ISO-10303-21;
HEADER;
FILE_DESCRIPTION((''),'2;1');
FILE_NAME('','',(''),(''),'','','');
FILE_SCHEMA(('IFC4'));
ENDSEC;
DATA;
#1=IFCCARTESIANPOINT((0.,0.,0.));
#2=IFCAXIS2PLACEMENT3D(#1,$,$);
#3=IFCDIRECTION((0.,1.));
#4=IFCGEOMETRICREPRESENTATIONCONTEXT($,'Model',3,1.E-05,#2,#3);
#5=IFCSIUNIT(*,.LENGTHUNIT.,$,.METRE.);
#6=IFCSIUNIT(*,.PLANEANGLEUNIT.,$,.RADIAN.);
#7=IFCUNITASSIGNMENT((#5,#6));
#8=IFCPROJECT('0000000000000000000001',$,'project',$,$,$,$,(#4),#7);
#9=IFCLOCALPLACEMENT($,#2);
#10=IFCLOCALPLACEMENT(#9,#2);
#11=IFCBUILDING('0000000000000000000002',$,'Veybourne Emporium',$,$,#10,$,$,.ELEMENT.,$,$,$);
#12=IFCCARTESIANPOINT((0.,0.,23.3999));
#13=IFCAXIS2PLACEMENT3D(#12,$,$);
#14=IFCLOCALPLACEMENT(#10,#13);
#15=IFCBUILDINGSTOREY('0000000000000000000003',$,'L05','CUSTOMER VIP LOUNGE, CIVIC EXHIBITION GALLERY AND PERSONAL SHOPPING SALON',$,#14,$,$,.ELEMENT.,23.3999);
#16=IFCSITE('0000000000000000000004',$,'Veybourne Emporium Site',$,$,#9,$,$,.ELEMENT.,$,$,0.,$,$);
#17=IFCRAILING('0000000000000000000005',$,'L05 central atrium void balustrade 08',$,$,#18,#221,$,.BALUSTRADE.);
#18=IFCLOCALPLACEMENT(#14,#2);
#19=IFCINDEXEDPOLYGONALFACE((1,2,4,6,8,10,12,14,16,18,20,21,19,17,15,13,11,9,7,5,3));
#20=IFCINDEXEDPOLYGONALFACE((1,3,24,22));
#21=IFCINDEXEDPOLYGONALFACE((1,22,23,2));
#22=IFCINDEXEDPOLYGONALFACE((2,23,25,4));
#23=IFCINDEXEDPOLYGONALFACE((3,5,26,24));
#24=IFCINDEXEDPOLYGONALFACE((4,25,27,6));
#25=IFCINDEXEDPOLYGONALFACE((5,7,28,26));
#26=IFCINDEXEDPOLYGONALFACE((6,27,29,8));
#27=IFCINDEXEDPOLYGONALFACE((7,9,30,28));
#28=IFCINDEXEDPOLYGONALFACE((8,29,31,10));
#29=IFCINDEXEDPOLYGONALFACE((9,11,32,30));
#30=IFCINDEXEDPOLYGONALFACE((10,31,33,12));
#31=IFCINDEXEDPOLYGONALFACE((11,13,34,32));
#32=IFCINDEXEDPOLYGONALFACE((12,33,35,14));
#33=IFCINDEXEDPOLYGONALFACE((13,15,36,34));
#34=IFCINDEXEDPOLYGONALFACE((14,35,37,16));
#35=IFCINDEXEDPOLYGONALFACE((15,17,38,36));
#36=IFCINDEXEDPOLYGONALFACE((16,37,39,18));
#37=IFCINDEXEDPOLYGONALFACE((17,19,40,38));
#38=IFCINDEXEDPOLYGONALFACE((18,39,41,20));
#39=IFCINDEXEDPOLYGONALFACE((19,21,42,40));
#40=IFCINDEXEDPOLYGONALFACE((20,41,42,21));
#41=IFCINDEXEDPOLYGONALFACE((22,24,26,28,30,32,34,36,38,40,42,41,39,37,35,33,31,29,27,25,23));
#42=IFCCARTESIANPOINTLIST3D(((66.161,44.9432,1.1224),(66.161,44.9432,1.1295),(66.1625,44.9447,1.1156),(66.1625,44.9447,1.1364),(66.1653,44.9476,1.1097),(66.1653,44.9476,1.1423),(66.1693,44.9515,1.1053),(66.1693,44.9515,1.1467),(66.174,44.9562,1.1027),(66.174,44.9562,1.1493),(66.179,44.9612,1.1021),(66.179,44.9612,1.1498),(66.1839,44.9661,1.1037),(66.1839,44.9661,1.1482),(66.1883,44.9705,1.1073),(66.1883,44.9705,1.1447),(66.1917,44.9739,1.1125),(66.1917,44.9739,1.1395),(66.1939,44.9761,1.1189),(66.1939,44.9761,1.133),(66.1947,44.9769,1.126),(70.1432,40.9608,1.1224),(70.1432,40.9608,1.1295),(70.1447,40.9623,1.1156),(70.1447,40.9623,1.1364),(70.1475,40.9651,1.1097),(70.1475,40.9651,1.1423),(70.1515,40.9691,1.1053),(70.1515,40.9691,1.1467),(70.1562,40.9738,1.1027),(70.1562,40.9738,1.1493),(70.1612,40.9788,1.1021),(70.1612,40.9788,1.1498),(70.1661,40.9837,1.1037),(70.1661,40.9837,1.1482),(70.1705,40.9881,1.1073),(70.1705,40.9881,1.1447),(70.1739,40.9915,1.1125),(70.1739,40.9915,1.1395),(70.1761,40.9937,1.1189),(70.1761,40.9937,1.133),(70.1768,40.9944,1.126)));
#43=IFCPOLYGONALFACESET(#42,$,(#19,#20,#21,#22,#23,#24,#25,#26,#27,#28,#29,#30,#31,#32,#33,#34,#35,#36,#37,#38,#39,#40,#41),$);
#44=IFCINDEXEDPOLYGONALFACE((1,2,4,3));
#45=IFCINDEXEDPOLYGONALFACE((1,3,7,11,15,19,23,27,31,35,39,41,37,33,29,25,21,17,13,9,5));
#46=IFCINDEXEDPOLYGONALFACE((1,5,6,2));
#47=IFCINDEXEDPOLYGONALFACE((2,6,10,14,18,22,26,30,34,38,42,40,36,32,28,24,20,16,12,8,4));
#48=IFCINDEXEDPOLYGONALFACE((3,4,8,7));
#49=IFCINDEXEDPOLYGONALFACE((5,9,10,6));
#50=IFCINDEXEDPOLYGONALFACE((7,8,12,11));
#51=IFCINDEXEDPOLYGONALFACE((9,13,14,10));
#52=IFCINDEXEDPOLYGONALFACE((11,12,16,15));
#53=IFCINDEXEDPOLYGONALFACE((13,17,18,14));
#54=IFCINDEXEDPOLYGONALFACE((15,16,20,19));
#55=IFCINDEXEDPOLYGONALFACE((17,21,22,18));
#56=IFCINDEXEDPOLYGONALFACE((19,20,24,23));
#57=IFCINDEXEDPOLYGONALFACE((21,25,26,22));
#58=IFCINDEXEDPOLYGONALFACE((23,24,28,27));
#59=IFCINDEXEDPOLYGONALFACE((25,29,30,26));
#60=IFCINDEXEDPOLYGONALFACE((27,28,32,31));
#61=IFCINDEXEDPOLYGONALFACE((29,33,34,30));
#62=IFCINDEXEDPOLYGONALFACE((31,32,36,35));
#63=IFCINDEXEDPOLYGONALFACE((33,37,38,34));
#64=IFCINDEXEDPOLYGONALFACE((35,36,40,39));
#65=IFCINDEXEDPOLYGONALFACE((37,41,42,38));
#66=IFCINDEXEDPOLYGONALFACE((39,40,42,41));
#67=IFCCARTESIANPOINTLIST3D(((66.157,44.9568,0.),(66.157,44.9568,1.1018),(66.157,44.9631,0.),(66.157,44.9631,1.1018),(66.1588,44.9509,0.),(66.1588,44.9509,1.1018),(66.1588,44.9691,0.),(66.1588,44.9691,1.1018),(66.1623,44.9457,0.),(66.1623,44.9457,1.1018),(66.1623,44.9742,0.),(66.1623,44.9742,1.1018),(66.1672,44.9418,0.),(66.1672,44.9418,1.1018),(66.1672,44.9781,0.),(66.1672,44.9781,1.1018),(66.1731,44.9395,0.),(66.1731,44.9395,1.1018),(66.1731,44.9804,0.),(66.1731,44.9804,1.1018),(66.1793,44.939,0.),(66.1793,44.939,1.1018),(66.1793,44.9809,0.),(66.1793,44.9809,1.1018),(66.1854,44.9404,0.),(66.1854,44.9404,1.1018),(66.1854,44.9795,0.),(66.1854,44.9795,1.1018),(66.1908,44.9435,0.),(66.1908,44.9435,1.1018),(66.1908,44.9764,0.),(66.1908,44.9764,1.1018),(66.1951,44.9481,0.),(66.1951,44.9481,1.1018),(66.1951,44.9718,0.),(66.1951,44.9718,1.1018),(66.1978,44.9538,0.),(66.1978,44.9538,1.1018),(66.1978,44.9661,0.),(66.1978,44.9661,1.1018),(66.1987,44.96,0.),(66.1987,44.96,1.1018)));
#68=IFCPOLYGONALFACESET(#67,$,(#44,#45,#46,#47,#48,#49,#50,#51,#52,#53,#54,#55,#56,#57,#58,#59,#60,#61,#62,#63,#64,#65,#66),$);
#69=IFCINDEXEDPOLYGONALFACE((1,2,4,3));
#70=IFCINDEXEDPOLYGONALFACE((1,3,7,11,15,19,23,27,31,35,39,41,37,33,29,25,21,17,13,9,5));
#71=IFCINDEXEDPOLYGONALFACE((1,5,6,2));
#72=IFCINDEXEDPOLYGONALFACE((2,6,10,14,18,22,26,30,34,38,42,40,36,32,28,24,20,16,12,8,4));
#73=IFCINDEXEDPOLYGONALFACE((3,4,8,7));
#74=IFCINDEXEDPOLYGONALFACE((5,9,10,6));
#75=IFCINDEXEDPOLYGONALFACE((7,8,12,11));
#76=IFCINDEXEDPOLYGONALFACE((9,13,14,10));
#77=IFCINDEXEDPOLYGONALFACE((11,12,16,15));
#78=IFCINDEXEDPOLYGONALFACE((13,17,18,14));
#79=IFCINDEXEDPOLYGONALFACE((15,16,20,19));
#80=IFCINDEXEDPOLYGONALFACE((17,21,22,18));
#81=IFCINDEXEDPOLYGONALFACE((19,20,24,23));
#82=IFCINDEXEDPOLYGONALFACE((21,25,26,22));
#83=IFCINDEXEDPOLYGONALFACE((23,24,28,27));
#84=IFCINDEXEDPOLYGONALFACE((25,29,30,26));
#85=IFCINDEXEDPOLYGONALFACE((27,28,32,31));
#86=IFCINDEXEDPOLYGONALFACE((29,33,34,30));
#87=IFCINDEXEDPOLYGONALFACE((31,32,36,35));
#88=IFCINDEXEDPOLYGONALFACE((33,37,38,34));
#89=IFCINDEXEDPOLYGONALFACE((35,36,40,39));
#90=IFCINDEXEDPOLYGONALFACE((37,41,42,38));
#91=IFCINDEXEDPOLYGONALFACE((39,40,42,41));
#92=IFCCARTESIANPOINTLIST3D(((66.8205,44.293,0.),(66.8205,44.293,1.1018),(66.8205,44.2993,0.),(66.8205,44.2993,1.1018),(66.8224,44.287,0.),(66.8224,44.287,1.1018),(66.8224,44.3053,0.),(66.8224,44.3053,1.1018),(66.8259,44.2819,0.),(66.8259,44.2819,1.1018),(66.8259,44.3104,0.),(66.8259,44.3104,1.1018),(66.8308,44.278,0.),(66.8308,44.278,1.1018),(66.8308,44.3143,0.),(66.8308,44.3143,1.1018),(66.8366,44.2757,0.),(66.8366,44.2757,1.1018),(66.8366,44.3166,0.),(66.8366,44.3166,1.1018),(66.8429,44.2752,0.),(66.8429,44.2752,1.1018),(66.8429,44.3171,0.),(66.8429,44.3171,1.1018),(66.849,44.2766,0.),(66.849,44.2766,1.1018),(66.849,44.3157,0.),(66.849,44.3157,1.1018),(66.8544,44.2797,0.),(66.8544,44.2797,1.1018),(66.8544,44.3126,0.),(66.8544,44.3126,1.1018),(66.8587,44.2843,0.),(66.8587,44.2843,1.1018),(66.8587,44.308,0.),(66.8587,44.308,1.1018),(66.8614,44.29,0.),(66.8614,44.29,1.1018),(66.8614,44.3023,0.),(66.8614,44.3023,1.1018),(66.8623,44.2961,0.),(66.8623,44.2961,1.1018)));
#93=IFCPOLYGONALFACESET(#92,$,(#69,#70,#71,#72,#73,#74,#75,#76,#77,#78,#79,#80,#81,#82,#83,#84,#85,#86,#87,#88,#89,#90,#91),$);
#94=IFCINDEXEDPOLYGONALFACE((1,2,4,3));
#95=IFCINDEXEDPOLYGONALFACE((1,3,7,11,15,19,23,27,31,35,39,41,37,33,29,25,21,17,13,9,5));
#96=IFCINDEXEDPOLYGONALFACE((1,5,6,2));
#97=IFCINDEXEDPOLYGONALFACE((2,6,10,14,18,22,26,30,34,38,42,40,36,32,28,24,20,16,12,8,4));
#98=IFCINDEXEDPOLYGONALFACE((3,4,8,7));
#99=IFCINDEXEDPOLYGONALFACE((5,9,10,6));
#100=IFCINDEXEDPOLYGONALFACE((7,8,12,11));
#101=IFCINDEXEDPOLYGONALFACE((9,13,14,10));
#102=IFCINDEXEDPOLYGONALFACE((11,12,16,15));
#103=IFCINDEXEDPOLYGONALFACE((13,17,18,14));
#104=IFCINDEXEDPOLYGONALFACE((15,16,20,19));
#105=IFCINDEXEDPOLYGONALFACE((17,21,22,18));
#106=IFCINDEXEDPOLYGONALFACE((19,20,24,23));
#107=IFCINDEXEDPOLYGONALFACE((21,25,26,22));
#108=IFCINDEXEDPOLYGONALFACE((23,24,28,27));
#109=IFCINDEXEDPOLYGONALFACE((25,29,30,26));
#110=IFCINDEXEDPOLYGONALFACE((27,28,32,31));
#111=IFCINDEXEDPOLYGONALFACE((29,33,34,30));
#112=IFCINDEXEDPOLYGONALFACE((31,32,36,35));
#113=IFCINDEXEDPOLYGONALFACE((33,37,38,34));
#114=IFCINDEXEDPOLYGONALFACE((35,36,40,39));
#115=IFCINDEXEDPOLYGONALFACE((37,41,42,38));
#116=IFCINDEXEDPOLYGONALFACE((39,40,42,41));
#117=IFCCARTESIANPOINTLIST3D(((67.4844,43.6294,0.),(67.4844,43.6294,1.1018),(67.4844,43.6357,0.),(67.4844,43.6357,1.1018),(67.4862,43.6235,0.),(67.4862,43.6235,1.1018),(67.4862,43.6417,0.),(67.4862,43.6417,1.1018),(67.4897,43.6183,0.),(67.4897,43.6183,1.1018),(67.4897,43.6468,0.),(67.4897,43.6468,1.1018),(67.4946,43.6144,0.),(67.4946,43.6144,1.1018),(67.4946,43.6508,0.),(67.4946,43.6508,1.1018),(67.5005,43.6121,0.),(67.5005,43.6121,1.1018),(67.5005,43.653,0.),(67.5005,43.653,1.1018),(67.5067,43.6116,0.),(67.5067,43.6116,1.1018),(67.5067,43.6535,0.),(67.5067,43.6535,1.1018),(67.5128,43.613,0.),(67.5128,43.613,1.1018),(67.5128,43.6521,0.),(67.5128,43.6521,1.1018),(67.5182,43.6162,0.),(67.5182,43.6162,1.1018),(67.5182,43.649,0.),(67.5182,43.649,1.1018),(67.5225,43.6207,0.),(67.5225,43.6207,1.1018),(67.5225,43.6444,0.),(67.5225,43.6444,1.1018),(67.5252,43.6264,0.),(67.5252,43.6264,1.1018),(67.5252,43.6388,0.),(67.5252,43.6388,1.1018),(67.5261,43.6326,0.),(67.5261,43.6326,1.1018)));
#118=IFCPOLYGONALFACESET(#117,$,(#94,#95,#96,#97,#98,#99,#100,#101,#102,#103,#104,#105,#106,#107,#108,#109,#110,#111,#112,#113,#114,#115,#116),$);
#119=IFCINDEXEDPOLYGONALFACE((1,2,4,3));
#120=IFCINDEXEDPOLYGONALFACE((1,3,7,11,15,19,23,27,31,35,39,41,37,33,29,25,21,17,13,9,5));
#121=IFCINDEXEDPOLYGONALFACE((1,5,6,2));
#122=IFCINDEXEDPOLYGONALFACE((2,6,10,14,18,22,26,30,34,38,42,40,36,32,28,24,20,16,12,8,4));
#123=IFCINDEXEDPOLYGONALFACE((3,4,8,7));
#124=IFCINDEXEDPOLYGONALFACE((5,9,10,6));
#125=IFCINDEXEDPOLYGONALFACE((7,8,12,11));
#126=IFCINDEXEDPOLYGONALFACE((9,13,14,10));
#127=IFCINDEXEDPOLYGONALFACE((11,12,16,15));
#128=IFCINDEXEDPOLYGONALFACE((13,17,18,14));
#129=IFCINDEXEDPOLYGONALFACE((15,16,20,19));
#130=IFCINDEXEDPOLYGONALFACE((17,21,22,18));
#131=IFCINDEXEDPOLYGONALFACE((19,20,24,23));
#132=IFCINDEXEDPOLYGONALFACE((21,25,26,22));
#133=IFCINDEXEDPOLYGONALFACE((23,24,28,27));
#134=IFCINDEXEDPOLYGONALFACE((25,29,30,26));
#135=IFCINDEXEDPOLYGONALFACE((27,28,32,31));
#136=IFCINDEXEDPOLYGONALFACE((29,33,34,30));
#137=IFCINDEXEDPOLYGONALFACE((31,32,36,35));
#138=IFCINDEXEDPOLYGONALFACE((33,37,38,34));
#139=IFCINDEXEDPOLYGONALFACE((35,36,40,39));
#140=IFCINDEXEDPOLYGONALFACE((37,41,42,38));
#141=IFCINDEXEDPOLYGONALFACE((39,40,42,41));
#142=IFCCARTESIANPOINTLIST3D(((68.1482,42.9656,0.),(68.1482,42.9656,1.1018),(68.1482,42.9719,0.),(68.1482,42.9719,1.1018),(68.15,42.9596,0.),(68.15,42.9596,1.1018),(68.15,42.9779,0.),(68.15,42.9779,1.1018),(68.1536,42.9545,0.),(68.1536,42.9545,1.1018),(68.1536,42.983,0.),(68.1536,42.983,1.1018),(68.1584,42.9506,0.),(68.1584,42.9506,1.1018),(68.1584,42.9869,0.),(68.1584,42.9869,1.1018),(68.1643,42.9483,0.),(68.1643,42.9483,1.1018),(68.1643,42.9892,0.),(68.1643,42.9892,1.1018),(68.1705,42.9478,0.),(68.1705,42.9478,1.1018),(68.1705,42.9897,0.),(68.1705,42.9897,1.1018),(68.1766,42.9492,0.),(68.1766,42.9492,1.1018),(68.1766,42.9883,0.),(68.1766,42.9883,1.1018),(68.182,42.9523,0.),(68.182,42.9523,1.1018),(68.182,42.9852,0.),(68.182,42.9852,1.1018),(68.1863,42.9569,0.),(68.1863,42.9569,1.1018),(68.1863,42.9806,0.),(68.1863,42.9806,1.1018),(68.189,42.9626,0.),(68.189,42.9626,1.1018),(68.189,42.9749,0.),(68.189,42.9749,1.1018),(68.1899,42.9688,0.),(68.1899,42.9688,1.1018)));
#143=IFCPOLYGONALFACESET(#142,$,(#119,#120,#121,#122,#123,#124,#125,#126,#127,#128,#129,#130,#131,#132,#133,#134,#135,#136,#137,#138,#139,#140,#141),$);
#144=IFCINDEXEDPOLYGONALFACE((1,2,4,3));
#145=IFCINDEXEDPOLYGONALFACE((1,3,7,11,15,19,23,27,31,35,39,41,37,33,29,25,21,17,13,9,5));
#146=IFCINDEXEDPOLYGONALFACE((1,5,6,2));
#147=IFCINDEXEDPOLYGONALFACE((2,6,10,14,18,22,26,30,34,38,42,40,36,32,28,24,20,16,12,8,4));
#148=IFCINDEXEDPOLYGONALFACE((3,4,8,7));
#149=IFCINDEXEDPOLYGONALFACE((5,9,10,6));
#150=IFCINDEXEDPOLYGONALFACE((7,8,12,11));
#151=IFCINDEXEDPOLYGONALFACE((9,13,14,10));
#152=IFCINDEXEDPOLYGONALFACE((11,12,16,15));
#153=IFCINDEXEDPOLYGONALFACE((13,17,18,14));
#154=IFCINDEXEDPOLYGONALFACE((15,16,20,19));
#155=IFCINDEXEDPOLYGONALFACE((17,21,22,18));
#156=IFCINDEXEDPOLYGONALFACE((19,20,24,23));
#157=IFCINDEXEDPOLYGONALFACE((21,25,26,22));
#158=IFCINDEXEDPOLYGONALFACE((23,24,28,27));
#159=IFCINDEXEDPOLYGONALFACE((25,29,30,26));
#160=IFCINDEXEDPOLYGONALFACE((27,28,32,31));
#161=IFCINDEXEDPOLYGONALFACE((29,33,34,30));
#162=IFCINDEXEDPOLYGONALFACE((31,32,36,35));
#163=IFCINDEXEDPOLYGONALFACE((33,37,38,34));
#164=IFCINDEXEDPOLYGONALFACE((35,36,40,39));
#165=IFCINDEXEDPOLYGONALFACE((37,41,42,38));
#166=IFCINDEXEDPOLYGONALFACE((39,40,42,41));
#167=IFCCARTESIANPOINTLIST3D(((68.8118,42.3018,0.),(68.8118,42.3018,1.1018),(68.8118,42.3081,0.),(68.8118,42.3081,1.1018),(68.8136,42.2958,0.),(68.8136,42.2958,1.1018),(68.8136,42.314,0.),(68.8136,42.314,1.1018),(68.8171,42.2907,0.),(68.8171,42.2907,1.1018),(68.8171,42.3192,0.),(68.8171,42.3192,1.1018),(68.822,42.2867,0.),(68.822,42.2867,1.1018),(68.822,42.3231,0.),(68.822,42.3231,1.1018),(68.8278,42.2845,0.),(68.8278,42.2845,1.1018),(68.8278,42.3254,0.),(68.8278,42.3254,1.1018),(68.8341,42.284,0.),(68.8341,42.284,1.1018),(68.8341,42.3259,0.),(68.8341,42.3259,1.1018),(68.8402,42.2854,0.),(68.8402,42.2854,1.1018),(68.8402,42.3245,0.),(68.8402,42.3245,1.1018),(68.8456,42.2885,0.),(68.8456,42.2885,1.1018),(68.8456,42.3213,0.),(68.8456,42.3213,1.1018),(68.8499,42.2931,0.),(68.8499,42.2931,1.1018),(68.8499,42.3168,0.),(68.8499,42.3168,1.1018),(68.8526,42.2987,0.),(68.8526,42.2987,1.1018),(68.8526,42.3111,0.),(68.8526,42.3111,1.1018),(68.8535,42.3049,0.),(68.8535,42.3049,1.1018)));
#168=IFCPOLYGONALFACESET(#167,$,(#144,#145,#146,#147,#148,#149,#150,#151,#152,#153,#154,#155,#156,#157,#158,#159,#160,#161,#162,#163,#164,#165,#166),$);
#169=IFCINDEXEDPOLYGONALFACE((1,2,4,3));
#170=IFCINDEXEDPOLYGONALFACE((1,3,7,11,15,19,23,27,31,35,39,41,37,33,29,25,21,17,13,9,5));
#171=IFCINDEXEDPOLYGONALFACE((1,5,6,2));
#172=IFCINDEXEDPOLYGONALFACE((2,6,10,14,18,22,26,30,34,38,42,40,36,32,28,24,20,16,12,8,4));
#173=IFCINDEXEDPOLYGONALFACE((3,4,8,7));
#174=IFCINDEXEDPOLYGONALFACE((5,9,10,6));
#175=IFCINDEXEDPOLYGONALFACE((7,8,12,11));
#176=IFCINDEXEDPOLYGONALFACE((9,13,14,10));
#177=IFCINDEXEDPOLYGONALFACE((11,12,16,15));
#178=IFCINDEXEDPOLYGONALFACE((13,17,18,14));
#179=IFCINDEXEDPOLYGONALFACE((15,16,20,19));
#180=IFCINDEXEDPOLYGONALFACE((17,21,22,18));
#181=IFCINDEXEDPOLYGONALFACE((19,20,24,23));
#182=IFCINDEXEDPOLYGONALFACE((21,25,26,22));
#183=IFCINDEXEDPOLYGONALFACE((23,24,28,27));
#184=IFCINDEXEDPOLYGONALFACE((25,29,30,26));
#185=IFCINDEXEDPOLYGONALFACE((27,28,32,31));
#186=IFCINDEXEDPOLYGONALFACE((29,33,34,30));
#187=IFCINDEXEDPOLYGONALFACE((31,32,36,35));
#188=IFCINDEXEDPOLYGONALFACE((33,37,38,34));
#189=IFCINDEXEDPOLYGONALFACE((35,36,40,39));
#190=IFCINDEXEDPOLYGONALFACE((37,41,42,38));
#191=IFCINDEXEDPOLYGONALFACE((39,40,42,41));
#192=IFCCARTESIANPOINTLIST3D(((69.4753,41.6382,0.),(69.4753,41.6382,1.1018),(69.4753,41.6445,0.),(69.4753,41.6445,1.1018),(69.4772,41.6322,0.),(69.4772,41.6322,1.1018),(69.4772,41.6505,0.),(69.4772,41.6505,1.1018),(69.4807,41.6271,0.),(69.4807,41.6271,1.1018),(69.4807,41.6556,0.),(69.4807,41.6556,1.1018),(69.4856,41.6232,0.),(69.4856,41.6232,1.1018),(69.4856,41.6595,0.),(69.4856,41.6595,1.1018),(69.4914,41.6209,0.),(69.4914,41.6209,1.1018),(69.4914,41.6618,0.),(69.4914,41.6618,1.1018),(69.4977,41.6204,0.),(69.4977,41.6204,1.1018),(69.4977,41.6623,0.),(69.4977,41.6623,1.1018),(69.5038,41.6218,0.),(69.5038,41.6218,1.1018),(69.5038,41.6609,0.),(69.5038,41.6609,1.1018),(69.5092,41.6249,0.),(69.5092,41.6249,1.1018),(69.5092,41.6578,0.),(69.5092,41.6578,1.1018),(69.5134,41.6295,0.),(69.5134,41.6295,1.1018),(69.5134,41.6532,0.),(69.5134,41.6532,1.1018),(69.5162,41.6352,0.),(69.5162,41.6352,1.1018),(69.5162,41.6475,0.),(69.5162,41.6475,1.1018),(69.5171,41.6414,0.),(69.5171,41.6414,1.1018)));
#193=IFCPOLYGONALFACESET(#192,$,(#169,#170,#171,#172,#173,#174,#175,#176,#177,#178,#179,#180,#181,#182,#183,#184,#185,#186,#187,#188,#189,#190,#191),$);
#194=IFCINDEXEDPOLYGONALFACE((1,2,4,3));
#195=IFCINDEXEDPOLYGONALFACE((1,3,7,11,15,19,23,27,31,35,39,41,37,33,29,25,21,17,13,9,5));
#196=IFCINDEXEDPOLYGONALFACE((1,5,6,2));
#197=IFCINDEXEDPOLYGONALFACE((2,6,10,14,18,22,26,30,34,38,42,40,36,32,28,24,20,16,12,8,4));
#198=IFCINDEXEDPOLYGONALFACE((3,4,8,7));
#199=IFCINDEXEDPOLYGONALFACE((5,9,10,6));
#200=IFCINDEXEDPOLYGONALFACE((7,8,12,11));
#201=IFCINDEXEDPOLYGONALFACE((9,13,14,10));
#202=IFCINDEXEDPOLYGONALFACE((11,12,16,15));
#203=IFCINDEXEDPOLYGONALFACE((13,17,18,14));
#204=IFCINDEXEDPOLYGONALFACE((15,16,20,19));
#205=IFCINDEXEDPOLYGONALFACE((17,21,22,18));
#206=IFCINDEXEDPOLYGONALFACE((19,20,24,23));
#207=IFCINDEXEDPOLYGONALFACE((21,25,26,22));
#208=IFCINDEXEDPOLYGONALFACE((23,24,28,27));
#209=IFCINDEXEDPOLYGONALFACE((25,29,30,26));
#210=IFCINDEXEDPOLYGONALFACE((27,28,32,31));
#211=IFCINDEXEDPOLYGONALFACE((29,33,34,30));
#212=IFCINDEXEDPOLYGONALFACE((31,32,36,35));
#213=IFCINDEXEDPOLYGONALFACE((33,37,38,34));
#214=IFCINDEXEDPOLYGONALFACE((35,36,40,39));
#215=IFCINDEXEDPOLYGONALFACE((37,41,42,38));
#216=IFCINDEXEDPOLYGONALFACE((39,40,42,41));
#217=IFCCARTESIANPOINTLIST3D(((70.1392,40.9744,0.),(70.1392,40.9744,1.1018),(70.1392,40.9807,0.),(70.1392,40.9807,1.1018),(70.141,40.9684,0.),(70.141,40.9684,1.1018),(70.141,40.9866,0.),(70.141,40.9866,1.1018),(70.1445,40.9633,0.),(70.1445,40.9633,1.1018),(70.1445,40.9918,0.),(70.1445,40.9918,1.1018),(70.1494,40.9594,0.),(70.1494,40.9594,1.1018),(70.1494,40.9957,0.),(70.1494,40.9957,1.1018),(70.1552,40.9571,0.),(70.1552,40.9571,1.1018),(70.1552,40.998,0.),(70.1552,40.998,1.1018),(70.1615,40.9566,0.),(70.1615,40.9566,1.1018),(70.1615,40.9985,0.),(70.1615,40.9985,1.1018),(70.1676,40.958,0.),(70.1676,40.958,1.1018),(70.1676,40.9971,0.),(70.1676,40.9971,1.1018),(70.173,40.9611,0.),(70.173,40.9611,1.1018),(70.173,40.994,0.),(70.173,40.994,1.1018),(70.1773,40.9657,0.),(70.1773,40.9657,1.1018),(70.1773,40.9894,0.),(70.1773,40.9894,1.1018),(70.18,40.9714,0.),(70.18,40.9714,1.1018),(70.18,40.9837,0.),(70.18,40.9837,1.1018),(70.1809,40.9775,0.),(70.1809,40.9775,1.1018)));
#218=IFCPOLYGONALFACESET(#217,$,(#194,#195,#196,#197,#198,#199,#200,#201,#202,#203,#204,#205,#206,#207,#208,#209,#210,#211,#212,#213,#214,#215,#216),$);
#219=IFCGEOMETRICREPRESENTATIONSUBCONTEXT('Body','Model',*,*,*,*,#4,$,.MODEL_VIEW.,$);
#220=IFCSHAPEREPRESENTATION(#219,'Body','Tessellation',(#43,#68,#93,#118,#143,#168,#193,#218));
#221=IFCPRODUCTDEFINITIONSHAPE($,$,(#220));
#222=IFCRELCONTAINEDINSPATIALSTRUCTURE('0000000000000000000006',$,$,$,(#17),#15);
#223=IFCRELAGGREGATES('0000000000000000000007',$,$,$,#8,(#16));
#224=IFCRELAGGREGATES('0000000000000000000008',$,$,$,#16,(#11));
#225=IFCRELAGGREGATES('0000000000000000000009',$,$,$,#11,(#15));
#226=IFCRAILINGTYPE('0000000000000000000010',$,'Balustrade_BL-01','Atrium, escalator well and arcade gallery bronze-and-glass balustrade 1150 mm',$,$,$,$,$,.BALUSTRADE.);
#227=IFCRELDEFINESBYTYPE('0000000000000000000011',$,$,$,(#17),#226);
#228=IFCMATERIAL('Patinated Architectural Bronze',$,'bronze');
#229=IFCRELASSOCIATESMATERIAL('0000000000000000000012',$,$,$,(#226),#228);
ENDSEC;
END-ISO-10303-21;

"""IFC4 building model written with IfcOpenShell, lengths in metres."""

from ifc_helpers import new_model, si_unit, direction, frame, origin, origin_2d, place, context, subcontext, project, spatial, circle, extrude, material, type_object, element, save


model = new_model("IFC4")

# Units and contexts
model_context = context("Model", 3, precision=1e-05, world=origin(), true_north=direction((0.0, 1.0)))
body_context = subcontext(model_context, "Body", "Model", "MODEL_VIEW")
ifc_project = project(units=[si_unit("LENGTHUNIT", "METRE"), si_unit("PLANEANGLEUNIT", "RADIAN")], contexts=[model_context])

# Site, building, storey
site_placement = place(None, origin())
site = spatial("IfcSite", under=ifc_project, at=site_placement, Name="Veybourne Emporium Site", CompositionType="ELEMENT", RefElevation=0.0)
building_placement = place(site_placement, origin())
building = spatial("IfcBuilding", under=site, at=building_placement, Name="Veybourne Emporium", CompositionType="ELEMENT")
storey_placement = place(building_placement, frame((0.0, 0.0, 23.3999)))
storey = spatial("IfcBuildingStorey", under=building, at=storey_placement, Name="L05", Description="CUSTOMER VIP LOUNGE, CIVIC EXHIBITION GALLERY AND PERSONAL SHOPPING SALON", CompositionType="ELEMENT", Elevation=23.3999)

# Railing
ifc_material_1 = material(Name="Patinated Architectural Bronze", Category="bronze")
railing_type = type_object("IfcRailingType", Name="Balustrade_BL-01", Description="Atrium, escalator well and arcade gallery bronze-and-glass balustrade 1150 mm", PredefinedType="BALUSTRADE", material=ifc_material_1)
railing_1_placement = place(storey_placement, frame((66.1777, 44.96, 0.0)))
element("IfcRailing", 1, at=railing_1_placement, inside=storey, type_object=railing_type, Name="L05 central atrium void balustrade 08", PredefinedType="BALUSTRADE", context=body_context, shape_type="SweptSolid", body=[
    extrude(circle(Radius=0.0239, at=origin_2d()), frame((0.0, 0.0, 1.126), z_axis=(0.707085, -0.707128, 0.0), x_axis=(0.707128, 0.707085, 0.0)), (0.0, 0.0, 1.0), 5.6318),
    extrude(circle(Radius=0.021, at=origin_2d()), origin(), (0.0, 0.0, 1.0), 1.1018),
    extrude(circle(Radius=0.021, at=origin_2d()), frame((0.6636, -0.6638, 0.0)), (0.0, 0.0, 1.0), 1.1018),
    extrude(circle(Radius=0.021, at=origin_2d()), frame((1.3274, -1.3274, 0.0)), (0.0, 0.0, 1.0), 1.1018),
    extrude(circle(Radius=0.021, at=origin_2d()), frame((1.9912, -1.9912, 0.0)), (0.0, 0.0, 1.0), 1.1018),
    extrude(circle(Radius=0.021, at=origin_2d()), frame((2.6548, -2.655, 0.0)), (0.0, 0.0, 1.0), 1.1018),
    extrude(circle(Radius=0.021, at=origin_2d()), frame((3.3184, -3.3186, 0.0)), (0.0, 0.0, 1.0), 1.1018),
    extrude(circle(Radius=0.021, at=origin_2d()), frame((3.9822, -3.9824, 0.0)), (0.0, 0.0, 1.0), 1.1018),
])

save(model, "model.ifc")
